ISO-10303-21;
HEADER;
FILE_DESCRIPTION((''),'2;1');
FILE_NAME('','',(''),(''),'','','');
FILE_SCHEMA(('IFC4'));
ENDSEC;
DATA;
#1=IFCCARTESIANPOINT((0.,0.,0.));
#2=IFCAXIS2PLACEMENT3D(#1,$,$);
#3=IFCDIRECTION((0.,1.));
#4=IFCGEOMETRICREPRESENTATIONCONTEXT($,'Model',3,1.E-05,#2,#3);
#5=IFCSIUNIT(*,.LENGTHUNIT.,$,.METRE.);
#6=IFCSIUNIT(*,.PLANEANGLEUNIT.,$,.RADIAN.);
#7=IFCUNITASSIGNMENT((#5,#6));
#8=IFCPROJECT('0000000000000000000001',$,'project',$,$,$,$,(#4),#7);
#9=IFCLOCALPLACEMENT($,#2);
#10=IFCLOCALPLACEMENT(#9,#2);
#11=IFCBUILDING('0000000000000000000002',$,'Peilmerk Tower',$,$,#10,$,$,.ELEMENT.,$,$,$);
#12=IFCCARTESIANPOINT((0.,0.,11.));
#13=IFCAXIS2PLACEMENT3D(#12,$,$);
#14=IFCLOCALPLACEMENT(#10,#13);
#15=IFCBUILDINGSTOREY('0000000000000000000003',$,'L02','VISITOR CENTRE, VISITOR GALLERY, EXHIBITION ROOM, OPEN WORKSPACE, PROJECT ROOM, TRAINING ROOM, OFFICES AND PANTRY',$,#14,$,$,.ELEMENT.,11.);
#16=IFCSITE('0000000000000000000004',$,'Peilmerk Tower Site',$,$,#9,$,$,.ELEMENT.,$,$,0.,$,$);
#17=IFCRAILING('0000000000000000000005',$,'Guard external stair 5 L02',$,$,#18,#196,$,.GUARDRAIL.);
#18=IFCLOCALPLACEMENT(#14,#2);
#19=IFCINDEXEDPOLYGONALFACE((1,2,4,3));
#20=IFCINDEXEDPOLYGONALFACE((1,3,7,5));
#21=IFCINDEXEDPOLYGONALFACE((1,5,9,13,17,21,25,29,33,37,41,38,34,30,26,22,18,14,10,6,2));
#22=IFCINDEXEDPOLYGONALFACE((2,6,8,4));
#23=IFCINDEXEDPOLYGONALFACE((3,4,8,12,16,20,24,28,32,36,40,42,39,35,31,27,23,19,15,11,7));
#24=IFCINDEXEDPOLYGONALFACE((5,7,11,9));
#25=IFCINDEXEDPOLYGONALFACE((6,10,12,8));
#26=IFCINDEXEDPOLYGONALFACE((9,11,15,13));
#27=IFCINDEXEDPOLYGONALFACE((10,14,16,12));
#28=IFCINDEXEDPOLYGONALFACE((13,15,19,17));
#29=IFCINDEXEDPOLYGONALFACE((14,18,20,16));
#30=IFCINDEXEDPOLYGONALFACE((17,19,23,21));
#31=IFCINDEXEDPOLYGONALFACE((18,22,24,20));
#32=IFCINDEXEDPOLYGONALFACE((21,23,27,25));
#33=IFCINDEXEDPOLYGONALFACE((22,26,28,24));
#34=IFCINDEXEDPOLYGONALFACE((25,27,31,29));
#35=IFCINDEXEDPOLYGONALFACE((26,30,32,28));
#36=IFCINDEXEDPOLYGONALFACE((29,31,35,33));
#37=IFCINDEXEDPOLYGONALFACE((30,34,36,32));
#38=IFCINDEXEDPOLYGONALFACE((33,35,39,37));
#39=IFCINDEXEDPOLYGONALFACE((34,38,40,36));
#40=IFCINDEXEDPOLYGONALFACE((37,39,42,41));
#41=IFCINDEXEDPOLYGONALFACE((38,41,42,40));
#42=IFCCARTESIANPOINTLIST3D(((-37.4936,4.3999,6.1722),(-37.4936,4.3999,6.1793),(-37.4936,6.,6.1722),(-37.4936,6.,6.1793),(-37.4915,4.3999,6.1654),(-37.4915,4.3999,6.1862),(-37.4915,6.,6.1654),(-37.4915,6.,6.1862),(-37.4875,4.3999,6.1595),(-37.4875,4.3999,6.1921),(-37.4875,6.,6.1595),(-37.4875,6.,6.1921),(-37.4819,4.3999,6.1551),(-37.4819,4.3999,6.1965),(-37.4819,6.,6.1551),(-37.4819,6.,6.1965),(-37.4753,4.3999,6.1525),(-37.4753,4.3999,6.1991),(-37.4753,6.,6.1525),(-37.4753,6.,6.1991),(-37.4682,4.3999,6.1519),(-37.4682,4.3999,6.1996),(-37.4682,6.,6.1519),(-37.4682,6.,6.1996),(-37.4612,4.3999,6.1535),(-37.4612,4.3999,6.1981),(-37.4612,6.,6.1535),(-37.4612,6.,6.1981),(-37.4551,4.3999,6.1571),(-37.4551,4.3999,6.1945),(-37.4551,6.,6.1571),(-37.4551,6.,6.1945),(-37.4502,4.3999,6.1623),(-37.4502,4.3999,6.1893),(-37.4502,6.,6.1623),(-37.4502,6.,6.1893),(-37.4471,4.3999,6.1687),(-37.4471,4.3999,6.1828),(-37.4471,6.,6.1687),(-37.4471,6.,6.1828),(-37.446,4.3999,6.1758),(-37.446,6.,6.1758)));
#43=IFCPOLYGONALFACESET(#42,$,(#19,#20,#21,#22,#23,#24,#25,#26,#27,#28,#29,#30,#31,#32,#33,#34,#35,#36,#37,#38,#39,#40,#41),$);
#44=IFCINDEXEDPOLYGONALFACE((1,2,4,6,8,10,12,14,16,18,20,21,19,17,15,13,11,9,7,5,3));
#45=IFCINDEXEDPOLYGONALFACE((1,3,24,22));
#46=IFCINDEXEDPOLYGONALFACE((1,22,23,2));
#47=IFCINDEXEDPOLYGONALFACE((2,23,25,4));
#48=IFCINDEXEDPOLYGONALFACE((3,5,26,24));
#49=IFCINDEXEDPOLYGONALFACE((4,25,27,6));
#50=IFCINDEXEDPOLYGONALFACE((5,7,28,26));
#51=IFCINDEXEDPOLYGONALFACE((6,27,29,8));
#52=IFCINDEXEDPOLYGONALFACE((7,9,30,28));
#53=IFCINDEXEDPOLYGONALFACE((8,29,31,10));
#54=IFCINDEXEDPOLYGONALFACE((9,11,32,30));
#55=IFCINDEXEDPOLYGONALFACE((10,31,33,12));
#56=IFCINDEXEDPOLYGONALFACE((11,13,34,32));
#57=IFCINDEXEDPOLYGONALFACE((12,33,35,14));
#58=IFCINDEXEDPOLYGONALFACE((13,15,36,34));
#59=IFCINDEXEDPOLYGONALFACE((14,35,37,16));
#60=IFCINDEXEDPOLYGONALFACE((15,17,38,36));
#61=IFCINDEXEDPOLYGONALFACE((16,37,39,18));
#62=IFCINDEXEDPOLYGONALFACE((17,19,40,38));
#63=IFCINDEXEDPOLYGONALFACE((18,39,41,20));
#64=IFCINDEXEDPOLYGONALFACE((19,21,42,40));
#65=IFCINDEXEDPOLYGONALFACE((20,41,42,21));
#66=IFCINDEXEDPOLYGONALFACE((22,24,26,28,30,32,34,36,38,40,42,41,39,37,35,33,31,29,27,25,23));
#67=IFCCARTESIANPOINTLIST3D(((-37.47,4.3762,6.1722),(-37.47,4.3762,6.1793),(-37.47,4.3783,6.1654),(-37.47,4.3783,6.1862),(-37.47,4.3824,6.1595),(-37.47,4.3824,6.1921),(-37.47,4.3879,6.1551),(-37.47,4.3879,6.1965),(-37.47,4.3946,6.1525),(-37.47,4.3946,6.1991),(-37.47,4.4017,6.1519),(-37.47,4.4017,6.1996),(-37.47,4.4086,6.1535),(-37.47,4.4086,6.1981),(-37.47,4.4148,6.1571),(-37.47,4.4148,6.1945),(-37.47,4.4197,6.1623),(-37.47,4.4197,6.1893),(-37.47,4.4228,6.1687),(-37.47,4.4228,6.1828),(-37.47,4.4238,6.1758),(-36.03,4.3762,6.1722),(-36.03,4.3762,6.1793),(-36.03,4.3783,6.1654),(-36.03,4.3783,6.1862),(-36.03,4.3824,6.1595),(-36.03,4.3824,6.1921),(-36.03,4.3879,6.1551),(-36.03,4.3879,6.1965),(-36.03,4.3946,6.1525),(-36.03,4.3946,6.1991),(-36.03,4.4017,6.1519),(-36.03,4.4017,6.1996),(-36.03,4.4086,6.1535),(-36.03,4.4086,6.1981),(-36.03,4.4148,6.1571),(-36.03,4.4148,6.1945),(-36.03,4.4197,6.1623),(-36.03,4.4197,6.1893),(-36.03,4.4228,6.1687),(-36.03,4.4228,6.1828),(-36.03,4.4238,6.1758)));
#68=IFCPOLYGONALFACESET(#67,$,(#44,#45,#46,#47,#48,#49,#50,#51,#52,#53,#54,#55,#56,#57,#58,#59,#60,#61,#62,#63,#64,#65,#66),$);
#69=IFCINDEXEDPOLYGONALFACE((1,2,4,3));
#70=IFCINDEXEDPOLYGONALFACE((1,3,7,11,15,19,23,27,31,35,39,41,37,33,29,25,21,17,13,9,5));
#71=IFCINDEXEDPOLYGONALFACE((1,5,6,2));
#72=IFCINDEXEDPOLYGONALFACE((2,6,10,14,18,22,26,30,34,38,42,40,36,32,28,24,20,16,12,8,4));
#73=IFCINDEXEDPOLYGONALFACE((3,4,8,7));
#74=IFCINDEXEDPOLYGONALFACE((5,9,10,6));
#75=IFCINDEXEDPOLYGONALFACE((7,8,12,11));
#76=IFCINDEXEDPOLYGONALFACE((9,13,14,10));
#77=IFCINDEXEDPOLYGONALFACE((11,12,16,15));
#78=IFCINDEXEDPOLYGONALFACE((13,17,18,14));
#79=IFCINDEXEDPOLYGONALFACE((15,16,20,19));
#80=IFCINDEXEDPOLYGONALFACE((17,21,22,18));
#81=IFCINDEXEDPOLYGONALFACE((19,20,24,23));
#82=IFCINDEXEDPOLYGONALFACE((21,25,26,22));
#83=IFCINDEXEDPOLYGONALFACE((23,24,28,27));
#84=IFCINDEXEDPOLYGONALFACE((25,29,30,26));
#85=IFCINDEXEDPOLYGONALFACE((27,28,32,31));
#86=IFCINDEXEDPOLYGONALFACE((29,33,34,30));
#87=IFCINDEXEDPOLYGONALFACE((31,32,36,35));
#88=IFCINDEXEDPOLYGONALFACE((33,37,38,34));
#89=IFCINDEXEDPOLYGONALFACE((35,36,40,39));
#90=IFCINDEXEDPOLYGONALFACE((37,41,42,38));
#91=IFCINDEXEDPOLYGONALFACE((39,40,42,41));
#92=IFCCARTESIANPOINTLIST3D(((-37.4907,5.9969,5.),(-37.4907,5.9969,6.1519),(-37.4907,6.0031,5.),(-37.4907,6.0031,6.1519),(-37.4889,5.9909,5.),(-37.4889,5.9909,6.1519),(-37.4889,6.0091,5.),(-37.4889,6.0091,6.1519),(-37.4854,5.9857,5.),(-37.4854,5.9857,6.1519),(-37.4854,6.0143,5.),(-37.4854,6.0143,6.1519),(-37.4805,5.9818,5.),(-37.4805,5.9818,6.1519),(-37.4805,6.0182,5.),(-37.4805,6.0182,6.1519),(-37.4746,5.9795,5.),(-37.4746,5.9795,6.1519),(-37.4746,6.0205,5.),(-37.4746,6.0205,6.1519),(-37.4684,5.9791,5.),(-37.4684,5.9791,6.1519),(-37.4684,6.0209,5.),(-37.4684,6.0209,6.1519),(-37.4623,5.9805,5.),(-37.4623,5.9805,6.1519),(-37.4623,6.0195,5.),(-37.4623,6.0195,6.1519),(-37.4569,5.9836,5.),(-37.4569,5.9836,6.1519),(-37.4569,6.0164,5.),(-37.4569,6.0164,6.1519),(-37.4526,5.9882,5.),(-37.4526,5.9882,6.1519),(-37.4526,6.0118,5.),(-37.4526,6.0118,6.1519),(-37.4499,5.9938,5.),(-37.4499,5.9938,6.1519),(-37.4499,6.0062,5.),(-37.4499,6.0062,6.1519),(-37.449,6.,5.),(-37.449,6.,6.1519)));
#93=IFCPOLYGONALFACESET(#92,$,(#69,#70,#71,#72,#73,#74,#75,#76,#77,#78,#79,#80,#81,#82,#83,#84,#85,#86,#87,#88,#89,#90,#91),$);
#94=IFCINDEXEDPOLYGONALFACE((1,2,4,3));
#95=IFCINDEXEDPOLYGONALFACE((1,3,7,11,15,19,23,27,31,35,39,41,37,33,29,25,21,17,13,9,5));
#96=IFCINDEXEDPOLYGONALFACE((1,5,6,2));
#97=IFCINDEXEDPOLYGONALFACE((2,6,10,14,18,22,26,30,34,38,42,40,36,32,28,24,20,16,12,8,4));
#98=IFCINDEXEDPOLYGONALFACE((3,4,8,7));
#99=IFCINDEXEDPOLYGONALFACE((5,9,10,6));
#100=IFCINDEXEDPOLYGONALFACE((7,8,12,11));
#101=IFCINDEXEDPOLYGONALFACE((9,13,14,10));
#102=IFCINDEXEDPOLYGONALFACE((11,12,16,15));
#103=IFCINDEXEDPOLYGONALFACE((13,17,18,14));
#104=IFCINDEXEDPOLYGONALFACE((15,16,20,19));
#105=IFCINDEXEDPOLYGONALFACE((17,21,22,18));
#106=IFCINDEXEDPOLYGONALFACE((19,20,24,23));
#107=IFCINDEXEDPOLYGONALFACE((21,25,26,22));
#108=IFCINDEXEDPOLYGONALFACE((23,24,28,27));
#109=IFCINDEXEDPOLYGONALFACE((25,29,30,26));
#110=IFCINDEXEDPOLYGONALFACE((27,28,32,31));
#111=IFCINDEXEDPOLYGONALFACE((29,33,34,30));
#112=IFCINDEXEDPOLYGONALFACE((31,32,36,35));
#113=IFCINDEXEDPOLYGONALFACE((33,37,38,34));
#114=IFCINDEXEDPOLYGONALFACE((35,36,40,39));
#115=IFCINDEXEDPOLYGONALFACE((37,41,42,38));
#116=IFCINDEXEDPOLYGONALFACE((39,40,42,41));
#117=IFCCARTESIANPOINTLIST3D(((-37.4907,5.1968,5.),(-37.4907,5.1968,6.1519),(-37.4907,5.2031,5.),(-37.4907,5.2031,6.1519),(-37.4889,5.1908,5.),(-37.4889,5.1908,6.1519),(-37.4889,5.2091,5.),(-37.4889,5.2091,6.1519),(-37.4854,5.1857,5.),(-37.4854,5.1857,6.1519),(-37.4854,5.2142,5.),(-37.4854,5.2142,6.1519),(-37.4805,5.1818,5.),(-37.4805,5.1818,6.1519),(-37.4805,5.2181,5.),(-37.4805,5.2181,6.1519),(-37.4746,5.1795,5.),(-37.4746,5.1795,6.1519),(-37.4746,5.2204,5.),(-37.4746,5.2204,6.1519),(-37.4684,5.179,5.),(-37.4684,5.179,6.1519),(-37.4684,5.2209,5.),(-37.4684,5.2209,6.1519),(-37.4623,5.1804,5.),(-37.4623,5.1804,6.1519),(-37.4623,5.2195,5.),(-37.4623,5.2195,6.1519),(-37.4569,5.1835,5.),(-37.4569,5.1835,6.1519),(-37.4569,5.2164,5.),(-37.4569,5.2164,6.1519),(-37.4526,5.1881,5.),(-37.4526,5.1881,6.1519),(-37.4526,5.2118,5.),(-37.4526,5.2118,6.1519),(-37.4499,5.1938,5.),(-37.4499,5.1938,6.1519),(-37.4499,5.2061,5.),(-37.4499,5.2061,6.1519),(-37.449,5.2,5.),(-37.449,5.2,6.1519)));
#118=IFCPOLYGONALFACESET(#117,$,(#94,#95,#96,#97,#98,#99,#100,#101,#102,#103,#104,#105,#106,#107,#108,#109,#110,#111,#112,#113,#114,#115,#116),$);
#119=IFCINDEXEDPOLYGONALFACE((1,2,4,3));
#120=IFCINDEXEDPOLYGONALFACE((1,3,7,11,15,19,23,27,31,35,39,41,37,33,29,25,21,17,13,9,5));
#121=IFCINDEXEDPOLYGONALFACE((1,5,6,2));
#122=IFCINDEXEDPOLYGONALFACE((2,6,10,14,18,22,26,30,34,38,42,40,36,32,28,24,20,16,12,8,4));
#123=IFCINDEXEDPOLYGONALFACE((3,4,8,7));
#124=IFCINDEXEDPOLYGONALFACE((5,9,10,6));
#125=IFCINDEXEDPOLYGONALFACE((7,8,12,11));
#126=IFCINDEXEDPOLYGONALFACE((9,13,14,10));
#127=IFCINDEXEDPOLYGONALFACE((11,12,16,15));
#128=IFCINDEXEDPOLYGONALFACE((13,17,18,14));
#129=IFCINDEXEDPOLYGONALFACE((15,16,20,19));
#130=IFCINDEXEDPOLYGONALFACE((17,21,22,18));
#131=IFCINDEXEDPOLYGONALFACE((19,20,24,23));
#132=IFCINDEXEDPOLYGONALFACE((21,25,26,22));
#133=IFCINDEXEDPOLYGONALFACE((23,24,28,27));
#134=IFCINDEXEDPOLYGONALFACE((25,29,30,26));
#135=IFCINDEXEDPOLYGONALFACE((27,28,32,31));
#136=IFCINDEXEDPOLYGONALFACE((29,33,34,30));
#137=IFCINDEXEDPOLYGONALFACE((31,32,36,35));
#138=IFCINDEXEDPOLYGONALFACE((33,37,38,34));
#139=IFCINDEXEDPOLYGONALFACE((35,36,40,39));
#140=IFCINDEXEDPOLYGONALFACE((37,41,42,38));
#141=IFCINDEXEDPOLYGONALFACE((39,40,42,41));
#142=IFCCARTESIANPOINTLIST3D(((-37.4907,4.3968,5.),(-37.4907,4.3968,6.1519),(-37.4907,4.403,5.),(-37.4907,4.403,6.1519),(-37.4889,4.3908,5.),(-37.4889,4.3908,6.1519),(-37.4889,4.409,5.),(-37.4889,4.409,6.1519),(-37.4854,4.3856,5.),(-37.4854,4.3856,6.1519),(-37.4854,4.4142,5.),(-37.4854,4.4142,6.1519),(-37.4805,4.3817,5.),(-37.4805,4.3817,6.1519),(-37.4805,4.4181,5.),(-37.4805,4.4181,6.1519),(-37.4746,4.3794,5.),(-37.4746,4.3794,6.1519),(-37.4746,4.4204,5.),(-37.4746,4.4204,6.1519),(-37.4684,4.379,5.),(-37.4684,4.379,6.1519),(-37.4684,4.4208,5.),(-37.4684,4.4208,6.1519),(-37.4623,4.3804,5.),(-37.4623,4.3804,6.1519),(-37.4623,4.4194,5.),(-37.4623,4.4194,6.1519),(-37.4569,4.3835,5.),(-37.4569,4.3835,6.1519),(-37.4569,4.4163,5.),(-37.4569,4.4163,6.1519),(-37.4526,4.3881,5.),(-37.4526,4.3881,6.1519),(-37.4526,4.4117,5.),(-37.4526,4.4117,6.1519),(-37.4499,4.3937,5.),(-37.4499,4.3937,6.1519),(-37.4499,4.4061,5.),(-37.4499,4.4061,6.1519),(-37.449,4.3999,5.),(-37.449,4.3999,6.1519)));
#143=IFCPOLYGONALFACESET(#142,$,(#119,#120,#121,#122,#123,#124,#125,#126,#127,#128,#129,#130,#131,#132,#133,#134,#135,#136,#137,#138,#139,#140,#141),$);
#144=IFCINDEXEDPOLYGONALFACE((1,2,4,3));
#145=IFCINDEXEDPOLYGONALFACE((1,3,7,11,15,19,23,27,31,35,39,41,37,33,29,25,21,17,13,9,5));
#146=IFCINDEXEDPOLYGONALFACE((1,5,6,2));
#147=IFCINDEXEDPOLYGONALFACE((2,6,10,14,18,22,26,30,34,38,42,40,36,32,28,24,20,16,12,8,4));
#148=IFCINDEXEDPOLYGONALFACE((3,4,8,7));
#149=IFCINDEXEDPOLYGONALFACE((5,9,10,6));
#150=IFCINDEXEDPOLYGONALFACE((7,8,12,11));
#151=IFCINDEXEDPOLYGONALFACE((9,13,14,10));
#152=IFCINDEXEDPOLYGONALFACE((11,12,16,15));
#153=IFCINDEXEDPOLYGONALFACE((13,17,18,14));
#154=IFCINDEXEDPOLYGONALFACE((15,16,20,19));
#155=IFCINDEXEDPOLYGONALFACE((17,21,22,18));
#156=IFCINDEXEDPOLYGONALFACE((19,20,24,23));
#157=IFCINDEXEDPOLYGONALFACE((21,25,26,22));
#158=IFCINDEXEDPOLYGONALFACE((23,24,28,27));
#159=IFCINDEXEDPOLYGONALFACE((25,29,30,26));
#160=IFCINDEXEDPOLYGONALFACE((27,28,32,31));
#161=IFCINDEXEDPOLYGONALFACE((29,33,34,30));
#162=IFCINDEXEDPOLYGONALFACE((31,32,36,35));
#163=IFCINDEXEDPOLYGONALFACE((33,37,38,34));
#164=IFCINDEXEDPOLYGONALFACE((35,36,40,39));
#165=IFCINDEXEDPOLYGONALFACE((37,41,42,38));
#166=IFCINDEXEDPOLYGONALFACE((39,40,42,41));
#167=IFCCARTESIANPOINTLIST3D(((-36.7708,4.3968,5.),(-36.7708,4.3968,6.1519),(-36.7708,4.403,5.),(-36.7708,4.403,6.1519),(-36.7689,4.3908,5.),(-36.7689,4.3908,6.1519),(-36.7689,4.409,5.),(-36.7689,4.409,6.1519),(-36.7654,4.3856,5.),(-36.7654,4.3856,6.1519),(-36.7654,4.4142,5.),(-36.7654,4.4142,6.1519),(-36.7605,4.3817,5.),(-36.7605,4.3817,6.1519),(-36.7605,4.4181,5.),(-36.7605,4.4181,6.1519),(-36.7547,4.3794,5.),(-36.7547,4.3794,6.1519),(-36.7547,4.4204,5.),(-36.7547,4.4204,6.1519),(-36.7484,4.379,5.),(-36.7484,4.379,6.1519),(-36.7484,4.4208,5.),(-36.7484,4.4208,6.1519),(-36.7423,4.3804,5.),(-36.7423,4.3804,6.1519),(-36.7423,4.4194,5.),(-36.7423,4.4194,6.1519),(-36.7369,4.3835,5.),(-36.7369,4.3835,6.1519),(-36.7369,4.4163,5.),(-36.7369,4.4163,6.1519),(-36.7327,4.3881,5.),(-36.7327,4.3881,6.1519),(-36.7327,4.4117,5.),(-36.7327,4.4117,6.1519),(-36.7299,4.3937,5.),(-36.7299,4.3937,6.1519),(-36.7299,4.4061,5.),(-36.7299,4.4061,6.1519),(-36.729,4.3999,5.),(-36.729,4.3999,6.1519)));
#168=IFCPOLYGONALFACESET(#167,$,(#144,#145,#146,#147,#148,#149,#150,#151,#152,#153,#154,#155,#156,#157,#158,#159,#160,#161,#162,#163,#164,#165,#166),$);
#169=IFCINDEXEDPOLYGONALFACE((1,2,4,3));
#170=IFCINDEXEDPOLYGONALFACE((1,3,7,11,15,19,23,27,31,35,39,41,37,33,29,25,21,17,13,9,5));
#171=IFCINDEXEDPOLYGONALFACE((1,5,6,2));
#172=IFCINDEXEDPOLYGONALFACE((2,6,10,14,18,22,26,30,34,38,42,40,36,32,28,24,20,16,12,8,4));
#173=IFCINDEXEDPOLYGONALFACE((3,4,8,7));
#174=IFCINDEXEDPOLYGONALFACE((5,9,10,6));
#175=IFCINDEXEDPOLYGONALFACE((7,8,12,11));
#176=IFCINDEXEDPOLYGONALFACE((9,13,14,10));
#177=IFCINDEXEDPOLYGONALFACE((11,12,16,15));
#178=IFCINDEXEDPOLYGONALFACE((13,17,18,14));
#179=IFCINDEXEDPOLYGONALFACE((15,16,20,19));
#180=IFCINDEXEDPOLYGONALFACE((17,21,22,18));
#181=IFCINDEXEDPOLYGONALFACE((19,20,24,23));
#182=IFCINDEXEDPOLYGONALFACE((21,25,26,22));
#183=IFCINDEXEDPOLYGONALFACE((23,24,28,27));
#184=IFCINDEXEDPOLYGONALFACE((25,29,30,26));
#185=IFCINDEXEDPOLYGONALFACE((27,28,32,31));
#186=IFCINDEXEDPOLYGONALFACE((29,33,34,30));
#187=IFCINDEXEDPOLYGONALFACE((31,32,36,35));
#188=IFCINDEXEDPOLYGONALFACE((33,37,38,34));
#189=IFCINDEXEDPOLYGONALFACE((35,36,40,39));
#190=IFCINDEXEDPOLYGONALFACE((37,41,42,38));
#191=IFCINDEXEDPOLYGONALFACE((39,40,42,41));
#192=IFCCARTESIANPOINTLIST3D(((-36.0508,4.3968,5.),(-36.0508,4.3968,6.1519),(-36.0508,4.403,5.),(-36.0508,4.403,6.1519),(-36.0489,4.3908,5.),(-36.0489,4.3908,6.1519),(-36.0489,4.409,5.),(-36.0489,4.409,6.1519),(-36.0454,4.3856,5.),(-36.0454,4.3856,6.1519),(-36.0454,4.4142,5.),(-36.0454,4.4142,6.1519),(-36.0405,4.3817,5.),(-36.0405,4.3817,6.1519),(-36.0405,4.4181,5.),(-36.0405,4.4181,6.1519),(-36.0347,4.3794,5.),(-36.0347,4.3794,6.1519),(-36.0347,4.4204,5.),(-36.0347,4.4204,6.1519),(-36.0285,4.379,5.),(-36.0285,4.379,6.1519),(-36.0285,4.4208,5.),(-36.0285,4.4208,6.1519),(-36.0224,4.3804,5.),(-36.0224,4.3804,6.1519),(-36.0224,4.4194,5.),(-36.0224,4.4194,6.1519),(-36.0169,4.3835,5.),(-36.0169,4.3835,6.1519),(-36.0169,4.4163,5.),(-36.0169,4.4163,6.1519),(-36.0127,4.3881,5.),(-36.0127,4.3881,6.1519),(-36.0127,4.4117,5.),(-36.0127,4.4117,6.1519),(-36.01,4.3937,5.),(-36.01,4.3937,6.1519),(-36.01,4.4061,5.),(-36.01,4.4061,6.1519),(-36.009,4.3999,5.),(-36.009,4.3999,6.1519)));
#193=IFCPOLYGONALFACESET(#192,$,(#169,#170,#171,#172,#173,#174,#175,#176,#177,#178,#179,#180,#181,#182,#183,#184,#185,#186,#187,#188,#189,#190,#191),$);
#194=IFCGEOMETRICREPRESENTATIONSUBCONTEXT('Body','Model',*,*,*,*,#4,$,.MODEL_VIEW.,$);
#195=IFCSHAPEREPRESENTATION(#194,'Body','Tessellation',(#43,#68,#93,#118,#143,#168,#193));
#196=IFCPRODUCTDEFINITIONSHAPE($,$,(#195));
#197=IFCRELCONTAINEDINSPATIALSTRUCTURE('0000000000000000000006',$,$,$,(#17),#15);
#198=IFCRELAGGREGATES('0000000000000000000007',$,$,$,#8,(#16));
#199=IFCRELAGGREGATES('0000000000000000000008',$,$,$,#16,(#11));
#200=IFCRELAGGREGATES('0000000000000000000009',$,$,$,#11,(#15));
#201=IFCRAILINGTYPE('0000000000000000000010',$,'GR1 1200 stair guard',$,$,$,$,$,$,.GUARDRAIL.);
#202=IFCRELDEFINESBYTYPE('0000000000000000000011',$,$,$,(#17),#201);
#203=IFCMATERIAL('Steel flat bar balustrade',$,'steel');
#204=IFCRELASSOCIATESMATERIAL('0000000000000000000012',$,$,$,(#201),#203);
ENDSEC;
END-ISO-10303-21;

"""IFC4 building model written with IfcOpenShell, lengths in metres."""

from ifc_helpers import new_model, si_unit, direction, frame, origin, origin_2d, place, context, subcontext, project, spatial, circle, extrude, material, type_object, element, save


model = new_model("IFC4")

# Units and contexts
model_context = context("Model", 3, precision=1e-05, world=origin(), true_north=direction((0.0, 1.0)))
body_context = subcontext(model_context, "Body", "Model", "MODEL_VIEW")
ifc_project = project(units=[si_unit("LENGTHUNIT", "METRE"), si_unit("PLANEANGLEUNIT", "RADIAN")], contexts=[model_context])

# Site, building, storey
site_placement = place(None, origin())
site = spatial("IfcSite", under=ifc_project, at=site_placement, Name="Peilmerk Tower Site", CompositionType="ELEMENT", RefElevation=0.0)
building_placement = place(site_placement, origin())
building = spatial("IfcBuilding", under=site, at=building_placement, Name="Peilmerk Tower", CompositionType="ELEMENT")
storey_placement = place(building_placement, frame((0.0, 0.0, 11.0)))
storey = spatial("IfcBuildingStorey", under=building, at=storey_placement, Name="L02", Description="VISITOR CENTRE, VISITOR GALLERY, EXHIBITION ROOM, OPEN WORKSPACE, PROJECT ROOM, TRAINING ROOM, OFFICES AND PANTRY", CompositionType="ELEMENT", Elevation=11.0)

# Railing
ifc_material_1 = material(Name="Steel flat bar balustrade", Category="steel")
railing_type_1 = type_object("IfcRailingType", Name="GR1 1200 stair guard", PredefinedType="GUARDRAIL", material=ifc_material_1)
railing_1_placement = place(storey_placement, frame((-37.47, 6.0, 5.0)))
element("IfcRailing", 1, at=railing_1_placement, inside=storey, type_object=railing_type_1, Name="Guard external stair 5 L02", PredefinedType="GUARDRAIL", context=body_context, shape_type="SweptSolid", body=[
    extrude(circle(Radius=0.0239, at=origin_2d()), frame((0.0, 0.0, 1.1758), z_axis=(0.0, -1.0, 0.0), x_axis=(1.0, 0.0, 0.0)), (0.0, 0.0, 1.0), 1.6001),
    extrude(circle(Radius=0.0239, at=origin_2d()), frame((0.0, -1.6001, 1.1758), z_axis=(1.0, 0.0, 0.0), x_axis=(0.0, 1.0, 0.0)), (0.0, 0.0, 1.0), 1.4399),
    extrude(circle(Radius=0.021, at=origin_2d()), origin(), (0.0, 0.0, 1.0), 1.1519),
    extrude(circle(Radius=0.021, at=origin_2d()), frame((0.0, -0.8, 0.0)), (0.0, 0.0, 1.0), 1.1519),
    extrude(circle(Radius=0.021, at=origin_2d()), frame((0.0, -1.6001, 0.0)), (0.0, 0.0, 1.0), 1.1519),
    extrude(circle(Radius=0.021, at=origin_2d()), frame((0.72, -1.6001, 0.0)), (0.0, 0.0, 1.0), 1.1519),
    extrude(circle(Radius=0.021, at=origin_2d()), frame((1.4399, -1.6001, 0.0)), (0.0, 0.0, 1.0), 1.1519),
])

save(model, "model.ifc")
